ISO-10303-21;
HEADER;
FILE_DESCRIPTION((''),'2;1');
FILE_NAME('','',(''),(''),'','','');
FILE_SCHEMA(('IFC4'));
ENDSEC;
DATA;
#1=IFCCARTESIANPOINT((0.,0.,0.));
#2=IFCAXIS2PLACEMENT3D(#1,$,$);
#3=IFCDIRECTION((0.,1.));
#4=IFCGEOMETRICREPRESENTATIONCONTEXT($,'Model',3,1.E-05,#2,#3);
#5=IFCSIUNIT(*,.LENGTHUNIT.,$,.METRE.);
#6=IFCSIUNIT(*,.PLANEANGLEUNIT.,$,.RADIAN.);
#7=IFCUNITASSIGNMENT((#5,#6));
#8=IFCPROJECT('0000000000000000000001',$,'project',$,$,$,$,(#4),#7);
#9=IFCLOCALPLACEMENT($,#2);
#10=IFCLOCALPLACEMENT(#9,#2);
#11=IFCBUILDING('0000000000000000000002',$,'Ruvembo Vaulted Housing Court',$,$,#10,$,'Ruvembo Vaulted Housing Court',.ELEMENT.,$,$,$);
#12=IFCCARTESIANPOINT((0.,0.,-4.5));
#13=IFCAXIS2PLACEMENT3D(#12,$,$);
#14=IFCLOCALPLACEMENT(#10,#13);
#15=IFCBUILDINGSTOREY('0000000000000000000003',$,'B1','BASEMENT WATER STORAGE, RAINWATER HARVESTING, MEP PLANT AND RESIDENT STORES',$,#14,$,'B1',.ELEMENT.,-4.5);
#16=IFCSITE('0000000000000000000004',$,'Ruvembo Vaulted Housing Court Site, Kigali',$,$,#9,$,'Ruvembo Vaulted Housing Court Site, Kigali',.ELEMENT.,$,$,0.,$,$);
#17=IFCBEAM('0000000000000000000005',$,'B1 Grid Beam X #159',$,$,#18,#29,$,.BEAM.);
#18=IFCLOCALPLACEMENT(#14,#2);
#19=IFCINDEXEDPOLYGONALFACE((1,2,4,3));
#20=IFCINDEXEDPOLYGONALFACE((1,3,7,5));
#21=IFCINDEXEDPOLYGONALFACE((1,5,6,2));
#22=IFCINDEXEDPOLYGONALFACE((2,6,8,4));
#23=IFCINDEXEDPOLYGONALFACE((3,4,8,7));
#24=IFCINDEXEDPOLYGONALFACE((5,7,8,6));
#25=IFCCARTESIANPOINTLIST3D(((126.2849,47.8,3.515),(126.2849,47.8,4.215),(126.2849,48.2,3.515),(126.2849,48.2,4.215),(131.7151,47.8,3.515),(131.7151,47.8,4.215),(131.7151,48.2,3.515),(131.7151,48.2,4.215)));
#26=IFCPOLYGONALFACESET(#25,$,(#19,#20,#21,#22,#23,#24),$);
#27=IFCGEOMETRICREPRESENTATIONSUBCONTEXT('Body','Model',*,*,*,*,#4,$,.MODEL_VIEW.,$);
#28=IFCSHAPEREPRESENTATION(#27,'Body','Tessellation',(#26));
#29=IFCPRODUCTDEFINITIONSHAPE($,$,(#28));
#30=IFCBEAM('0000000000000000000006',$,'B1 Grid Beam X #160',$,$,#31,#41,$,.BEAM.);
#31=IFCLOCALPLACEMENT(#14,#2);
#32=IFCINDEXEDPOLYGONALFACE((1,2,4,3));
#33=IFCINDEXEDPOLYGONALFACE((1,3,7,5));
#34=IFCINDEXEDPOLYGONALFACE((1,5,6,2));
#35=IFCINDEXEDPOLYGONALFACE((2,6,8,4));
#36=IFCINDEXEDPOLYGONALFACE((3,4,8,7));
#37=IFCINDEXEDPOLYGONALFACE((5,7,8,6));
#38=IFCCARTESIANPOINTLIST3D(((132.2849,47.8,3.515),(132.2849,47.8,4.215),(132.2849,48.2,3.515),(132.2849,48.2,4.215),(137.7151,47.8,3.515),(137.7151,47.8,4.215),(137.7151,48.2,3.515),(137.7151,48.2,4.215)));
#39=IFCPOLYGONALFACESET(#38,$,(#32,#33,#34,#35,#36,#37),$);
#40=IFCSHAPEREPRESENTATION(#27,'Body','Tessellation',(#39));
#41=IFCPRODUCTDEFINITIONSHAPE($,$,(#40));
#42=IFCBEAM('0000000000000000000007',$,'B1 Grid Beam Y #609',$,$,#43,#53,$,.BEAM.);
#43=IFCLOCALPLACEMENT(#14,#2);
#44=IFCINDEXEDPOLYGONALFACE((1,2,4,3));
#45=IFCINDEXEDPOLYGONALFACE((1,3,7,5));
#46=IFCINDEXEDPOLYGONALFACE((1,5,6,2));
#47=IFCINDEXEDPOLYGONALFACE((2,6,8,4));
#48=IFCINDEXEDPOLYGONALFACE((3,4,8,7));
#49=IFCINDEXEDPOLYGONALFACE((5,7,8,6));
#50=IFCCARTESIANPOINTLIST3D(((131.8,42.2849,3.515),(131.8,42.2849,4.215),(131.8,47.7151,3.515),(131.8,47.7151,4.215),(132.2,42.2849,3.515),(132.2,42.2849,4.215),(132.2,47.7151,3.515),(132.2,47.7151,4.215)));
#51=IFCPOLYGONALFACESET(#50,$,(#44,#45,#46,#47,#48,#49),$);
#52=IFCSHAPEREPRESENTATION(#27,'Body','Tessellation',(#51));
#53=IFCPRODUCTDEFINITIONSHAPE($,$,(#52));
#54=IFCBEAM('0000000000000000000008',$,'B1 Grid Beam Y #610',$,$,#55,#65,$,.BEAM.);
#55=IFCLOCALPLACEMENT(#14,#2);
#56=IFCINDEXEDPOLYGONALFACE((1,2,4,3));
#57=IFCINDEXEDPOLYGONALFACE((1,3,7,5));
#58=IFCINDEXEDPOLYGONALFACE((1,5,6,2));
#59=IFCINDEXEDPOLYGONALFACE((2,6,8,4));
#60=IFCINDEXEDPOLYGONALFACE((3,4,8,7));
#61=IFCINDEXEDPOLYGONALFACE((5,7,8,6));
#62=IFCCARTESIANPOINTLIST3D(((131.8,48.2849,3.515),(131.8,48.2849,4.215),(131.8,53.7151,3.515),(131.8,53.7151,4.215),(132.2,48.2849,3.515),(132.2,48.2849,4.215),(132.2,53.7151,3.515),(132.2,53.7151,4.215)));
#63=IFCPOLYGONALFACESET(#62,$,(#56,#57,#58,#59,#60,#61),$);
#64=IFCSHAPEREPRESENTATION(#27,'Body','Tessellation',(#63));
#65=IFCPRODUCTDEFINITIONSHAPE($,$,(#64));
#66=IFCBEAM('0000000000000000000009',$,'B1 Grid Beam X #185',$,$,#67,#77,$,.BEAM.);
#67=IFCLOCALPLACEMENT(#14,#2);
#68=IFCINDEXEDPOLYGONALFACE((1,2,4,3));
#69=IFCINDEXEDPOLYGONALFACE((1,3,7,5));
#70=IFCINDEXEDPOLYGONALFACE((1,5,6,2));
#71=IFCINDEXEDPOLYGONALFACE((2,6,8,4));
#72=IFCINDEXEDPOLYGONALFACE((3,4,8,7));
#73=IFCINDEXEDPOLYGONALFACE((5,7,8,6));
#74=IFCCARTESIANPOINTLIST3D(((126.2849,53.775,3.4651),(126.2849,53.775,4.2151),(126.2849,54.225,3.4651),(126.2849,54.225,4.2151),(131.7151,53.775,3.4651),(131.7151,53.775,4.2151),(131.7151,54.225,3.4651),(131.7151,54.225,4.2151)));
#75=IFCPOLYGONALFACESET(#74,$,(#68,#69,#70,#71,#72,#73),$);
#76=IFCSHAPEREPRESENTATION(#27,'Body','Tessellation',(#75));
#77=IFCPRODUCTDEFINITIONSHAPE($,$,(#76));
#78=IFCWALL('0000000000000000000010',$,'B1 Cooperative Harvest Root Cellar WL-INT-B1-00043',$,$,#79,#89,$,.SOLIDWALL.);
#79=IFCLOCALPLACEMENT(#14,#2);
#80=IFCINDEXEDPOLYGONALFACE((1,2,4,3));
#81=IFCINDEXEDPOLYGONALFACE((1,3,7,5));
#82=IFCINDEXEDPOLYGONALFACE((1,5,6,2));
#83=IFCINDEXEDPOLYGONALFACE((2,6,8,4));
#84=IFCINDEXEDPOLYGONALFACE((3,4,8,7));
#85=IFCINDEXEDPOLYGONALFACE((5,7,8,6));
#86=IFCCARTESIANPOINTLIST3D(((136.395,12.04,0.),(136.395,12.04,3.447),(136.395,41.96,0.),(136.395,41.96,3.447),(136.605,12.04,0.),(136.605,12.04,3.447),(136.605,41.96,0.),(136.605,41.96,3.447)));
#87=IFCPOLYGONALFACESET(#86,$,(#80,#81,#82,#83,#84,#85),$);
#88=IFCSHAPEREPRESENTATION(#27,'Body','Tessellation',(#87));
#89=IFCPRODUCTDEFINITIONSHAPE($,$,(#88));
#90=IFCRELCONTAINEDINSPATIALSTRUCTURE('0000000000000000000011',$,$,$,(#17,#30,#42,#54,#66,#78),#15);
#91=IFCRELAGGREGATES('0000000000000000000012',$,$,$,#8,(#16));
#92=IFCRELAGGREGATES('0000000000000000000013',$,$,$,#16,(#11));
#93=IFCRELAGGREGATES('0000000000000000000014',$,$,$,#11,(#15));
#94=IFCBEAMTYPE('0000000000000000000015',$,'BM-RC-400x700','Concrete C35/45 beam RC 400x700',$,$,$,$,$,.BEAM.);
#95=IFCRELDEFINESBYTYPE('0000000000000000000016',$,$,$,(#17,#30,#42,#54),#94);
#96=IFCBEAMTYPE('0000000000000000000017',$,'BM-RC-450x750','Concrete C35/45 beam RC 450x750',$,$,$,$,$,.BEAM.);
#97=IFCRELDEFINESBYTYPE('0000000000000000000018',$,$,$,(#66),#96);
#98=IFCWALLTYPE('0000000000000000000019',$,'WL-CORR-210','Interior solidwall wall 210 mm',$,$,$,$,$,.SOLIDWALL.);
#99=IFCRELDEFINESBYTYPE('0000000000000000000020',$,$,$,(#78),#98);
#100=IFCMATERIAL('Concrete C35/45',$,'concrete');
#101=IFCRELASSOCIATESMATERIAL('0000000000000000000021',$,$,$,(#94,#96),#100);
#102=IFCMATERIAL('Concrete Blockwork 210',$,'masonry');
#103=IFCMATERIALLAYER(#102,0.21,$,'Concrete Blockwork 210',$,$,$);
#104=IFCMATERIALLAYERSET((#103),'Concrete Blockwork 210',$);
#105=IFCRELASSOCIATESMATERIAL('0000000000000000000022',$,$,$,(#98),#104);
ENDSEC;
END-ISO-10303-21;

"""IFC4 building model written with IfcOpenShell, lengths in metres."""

from ifc_helpers import new_model, si_unit, direction, frame, frame_2d, origin, origin_2d, place, context, subcontext, project, spatial, rectangle, extrude, material, layer, layer_set, material_profile, profile_set, type_object, element, save


model = new_model("IFC4")

# Units and contexts
model_context = context("Model", 3, precision=1e-05, world=origin(), true_north=direction((0.0, 1.0)))
body_context = subcontext(model_context, "Body", "Model", "MODEL_VIEW")
ifc_project = project(units=[si_unit("LENGTHUNIT", "METRE"), si_unit("PLANEANGLEUNIT", "RADIAN")], contexts=[model_context])

# Site, building, storey
site_placement = place(None, origin())
site = spatial("IfcSite", under=ifc_project, at=site_placement, Name="Ruvembo Vaulted Housing Court Site, Kigali", LongName="Ruvembo Vaulted Housing Court Site, Kigali", CompositionType="ELEMENT", RefElevation=0.0)
building_placement = place(site_placement, origin())
building = spatial("IfcBuilding", under=site, at=building_placement, Name="Ruvembo Vaulted Housing Court", LongName="Ruvembo Vaulted Housing Court", CompositionType="ELEMENT")
storey_placement = place(building_placement, frame((0.0, 0.0, -4.5)))
storey = spatial("IfcBuildingStorey", under=building, at=storey_placement, Name="B1", Description="BASEMENT WATER STORAGE, RAINWATER HARVESTING, MEP PLANT AND RESIDENT STORES", LongName="B1", CompositionType="ELEMENT", Elevation=-4.5)

# Shared definitions
ifc_material_1 = material(Name="Concrete C35/45", Category="concrete")

# Beams
ifc_material_profile_1 = material_profile(ifc_material_1, rectangle(XDim=0.3999, YDim=0.7, at=origin_2d()), Name="RC 400x700")
ifc_profile_set_1 = profile_set([ifc_material_profile_1], Name="Concrete C35/45")
beam_type_1 = type_object("IfcBeamType", Name="BM-RC-400x700", Description="Concrete C35/45 beam RC 400x700", PredefinedType="BEAM", material=ifc_profile_set_1)
for number, where, z_axis, x_axis, name in (
    (1, (126.2849, 48.0, 3.865), (1.0, 0.0, 0.0), (0.0, 1.0, 0.0), "B1 Grid Beam X #159"),
    (2, (132.2849, 48.0, 3.865), (1.0, 0.0, 0.0), (0.0, 1.0, 0.0), "B1 Grid Beam X #160"),
    (3, (132.0, 42.2849, 3.865), (0.0, 1.0, 0.0), (-1.0, 0.0, 0.0), "B1 Grid Beam Y #609"),
    (4, (132.0, 48.2849, 3.865), (0.0, 1.0, 0.0), (-1.0, 0.0, 0.0), "B1 Grid Beam Y #610"),
):
    element("IfcBeam", number, at=place(storey_placement, frame(where, z_axis=z_axis, x_axis=x_axis)), inside=storey, type_object=beam_type_1, Name=name, PredefinedType="BEAM", context=body_context, shape_type="SweptSolid", body=[
        extrude(rectangle(XDim=0.3999, YDim=0.7, at=origin_2d()), origin(), (0.0, 0.0, 1.0), 5.4302),
    ])
ifc_material_profile_2 = material_profile(ifc_material_1, rectangle(XDim=0.45, YDim=0.75, at=origin_2d()), Name="RC 450x750")
ifc_profile_set_2 = profile_set([ifc_material_profile_2], Name="Concrete C35/45")
beam_type_2 = type_object("IfcBeamType", Name="BM-RC-450x750", Description="Concrete C35/45 beam RC 450x750", PredefinedType="BEAM", material=ifc_profile_set_2)
beam_1_placement = place(storey_placement, frame((126.2849, 54.0, 3.8401), z_axis=(1.0, 0.0, 0.0), x_axis=(0.0, 1.0, 0.0)))
element("IfcBeam", 5, at=beam_1_placement, inside=storey, type_object=beam_type_2, Name="B1 Grid Beam X #185", PredefinedType="BEAM", context=body_context, shape_type="SweptSolid", body=[
    extrude(rectangle(XDim=0.45, YDim=0.75, at=origin_2d()), origin(), (0.0, 0.0, 1.0), 5.4302),
])

# Wall
ifc_material_2 = material(Name="Concrete Blockwork 210", Category="masonry")
ifc_layer = layer(ifc_material_2, 0.21, Name="Concrete Blockwork 210")
ifc_layer_set = layer_set([ifc_layer], Name="Concrete Blockwork 210")
wall_type = type_object("IfcWallType", Name="WL-CORR-210", Description="Interior solidwall wall 210 mm", PredefinedType="SOLIDWALL", material=ifc_layer_set)
wall_placement = place(storey_placement, frame((136.5, 41.96, 0.0), z_axis=(0.0, 0.0, 1.0), x_axis=(0.0, -1.0, 0.0)))
element("IfcWall", 6, at=wall_placement, inside=storey, type_object=wall_type, Name="B1 Cooperative Harvest Root Cellar WL-INT-B1-00043", PredefinedType="SOLIDWALL", context=body_context, shape_type="SweptSolid", body=[
    extrude(rectangle(XDim=29.9199, YDim=0.21, at=frame_2d((14.96, 0.0))), origin(), (0.0, 0.0, 1.0), 3.447),
])

save(model, "model.ifc")
